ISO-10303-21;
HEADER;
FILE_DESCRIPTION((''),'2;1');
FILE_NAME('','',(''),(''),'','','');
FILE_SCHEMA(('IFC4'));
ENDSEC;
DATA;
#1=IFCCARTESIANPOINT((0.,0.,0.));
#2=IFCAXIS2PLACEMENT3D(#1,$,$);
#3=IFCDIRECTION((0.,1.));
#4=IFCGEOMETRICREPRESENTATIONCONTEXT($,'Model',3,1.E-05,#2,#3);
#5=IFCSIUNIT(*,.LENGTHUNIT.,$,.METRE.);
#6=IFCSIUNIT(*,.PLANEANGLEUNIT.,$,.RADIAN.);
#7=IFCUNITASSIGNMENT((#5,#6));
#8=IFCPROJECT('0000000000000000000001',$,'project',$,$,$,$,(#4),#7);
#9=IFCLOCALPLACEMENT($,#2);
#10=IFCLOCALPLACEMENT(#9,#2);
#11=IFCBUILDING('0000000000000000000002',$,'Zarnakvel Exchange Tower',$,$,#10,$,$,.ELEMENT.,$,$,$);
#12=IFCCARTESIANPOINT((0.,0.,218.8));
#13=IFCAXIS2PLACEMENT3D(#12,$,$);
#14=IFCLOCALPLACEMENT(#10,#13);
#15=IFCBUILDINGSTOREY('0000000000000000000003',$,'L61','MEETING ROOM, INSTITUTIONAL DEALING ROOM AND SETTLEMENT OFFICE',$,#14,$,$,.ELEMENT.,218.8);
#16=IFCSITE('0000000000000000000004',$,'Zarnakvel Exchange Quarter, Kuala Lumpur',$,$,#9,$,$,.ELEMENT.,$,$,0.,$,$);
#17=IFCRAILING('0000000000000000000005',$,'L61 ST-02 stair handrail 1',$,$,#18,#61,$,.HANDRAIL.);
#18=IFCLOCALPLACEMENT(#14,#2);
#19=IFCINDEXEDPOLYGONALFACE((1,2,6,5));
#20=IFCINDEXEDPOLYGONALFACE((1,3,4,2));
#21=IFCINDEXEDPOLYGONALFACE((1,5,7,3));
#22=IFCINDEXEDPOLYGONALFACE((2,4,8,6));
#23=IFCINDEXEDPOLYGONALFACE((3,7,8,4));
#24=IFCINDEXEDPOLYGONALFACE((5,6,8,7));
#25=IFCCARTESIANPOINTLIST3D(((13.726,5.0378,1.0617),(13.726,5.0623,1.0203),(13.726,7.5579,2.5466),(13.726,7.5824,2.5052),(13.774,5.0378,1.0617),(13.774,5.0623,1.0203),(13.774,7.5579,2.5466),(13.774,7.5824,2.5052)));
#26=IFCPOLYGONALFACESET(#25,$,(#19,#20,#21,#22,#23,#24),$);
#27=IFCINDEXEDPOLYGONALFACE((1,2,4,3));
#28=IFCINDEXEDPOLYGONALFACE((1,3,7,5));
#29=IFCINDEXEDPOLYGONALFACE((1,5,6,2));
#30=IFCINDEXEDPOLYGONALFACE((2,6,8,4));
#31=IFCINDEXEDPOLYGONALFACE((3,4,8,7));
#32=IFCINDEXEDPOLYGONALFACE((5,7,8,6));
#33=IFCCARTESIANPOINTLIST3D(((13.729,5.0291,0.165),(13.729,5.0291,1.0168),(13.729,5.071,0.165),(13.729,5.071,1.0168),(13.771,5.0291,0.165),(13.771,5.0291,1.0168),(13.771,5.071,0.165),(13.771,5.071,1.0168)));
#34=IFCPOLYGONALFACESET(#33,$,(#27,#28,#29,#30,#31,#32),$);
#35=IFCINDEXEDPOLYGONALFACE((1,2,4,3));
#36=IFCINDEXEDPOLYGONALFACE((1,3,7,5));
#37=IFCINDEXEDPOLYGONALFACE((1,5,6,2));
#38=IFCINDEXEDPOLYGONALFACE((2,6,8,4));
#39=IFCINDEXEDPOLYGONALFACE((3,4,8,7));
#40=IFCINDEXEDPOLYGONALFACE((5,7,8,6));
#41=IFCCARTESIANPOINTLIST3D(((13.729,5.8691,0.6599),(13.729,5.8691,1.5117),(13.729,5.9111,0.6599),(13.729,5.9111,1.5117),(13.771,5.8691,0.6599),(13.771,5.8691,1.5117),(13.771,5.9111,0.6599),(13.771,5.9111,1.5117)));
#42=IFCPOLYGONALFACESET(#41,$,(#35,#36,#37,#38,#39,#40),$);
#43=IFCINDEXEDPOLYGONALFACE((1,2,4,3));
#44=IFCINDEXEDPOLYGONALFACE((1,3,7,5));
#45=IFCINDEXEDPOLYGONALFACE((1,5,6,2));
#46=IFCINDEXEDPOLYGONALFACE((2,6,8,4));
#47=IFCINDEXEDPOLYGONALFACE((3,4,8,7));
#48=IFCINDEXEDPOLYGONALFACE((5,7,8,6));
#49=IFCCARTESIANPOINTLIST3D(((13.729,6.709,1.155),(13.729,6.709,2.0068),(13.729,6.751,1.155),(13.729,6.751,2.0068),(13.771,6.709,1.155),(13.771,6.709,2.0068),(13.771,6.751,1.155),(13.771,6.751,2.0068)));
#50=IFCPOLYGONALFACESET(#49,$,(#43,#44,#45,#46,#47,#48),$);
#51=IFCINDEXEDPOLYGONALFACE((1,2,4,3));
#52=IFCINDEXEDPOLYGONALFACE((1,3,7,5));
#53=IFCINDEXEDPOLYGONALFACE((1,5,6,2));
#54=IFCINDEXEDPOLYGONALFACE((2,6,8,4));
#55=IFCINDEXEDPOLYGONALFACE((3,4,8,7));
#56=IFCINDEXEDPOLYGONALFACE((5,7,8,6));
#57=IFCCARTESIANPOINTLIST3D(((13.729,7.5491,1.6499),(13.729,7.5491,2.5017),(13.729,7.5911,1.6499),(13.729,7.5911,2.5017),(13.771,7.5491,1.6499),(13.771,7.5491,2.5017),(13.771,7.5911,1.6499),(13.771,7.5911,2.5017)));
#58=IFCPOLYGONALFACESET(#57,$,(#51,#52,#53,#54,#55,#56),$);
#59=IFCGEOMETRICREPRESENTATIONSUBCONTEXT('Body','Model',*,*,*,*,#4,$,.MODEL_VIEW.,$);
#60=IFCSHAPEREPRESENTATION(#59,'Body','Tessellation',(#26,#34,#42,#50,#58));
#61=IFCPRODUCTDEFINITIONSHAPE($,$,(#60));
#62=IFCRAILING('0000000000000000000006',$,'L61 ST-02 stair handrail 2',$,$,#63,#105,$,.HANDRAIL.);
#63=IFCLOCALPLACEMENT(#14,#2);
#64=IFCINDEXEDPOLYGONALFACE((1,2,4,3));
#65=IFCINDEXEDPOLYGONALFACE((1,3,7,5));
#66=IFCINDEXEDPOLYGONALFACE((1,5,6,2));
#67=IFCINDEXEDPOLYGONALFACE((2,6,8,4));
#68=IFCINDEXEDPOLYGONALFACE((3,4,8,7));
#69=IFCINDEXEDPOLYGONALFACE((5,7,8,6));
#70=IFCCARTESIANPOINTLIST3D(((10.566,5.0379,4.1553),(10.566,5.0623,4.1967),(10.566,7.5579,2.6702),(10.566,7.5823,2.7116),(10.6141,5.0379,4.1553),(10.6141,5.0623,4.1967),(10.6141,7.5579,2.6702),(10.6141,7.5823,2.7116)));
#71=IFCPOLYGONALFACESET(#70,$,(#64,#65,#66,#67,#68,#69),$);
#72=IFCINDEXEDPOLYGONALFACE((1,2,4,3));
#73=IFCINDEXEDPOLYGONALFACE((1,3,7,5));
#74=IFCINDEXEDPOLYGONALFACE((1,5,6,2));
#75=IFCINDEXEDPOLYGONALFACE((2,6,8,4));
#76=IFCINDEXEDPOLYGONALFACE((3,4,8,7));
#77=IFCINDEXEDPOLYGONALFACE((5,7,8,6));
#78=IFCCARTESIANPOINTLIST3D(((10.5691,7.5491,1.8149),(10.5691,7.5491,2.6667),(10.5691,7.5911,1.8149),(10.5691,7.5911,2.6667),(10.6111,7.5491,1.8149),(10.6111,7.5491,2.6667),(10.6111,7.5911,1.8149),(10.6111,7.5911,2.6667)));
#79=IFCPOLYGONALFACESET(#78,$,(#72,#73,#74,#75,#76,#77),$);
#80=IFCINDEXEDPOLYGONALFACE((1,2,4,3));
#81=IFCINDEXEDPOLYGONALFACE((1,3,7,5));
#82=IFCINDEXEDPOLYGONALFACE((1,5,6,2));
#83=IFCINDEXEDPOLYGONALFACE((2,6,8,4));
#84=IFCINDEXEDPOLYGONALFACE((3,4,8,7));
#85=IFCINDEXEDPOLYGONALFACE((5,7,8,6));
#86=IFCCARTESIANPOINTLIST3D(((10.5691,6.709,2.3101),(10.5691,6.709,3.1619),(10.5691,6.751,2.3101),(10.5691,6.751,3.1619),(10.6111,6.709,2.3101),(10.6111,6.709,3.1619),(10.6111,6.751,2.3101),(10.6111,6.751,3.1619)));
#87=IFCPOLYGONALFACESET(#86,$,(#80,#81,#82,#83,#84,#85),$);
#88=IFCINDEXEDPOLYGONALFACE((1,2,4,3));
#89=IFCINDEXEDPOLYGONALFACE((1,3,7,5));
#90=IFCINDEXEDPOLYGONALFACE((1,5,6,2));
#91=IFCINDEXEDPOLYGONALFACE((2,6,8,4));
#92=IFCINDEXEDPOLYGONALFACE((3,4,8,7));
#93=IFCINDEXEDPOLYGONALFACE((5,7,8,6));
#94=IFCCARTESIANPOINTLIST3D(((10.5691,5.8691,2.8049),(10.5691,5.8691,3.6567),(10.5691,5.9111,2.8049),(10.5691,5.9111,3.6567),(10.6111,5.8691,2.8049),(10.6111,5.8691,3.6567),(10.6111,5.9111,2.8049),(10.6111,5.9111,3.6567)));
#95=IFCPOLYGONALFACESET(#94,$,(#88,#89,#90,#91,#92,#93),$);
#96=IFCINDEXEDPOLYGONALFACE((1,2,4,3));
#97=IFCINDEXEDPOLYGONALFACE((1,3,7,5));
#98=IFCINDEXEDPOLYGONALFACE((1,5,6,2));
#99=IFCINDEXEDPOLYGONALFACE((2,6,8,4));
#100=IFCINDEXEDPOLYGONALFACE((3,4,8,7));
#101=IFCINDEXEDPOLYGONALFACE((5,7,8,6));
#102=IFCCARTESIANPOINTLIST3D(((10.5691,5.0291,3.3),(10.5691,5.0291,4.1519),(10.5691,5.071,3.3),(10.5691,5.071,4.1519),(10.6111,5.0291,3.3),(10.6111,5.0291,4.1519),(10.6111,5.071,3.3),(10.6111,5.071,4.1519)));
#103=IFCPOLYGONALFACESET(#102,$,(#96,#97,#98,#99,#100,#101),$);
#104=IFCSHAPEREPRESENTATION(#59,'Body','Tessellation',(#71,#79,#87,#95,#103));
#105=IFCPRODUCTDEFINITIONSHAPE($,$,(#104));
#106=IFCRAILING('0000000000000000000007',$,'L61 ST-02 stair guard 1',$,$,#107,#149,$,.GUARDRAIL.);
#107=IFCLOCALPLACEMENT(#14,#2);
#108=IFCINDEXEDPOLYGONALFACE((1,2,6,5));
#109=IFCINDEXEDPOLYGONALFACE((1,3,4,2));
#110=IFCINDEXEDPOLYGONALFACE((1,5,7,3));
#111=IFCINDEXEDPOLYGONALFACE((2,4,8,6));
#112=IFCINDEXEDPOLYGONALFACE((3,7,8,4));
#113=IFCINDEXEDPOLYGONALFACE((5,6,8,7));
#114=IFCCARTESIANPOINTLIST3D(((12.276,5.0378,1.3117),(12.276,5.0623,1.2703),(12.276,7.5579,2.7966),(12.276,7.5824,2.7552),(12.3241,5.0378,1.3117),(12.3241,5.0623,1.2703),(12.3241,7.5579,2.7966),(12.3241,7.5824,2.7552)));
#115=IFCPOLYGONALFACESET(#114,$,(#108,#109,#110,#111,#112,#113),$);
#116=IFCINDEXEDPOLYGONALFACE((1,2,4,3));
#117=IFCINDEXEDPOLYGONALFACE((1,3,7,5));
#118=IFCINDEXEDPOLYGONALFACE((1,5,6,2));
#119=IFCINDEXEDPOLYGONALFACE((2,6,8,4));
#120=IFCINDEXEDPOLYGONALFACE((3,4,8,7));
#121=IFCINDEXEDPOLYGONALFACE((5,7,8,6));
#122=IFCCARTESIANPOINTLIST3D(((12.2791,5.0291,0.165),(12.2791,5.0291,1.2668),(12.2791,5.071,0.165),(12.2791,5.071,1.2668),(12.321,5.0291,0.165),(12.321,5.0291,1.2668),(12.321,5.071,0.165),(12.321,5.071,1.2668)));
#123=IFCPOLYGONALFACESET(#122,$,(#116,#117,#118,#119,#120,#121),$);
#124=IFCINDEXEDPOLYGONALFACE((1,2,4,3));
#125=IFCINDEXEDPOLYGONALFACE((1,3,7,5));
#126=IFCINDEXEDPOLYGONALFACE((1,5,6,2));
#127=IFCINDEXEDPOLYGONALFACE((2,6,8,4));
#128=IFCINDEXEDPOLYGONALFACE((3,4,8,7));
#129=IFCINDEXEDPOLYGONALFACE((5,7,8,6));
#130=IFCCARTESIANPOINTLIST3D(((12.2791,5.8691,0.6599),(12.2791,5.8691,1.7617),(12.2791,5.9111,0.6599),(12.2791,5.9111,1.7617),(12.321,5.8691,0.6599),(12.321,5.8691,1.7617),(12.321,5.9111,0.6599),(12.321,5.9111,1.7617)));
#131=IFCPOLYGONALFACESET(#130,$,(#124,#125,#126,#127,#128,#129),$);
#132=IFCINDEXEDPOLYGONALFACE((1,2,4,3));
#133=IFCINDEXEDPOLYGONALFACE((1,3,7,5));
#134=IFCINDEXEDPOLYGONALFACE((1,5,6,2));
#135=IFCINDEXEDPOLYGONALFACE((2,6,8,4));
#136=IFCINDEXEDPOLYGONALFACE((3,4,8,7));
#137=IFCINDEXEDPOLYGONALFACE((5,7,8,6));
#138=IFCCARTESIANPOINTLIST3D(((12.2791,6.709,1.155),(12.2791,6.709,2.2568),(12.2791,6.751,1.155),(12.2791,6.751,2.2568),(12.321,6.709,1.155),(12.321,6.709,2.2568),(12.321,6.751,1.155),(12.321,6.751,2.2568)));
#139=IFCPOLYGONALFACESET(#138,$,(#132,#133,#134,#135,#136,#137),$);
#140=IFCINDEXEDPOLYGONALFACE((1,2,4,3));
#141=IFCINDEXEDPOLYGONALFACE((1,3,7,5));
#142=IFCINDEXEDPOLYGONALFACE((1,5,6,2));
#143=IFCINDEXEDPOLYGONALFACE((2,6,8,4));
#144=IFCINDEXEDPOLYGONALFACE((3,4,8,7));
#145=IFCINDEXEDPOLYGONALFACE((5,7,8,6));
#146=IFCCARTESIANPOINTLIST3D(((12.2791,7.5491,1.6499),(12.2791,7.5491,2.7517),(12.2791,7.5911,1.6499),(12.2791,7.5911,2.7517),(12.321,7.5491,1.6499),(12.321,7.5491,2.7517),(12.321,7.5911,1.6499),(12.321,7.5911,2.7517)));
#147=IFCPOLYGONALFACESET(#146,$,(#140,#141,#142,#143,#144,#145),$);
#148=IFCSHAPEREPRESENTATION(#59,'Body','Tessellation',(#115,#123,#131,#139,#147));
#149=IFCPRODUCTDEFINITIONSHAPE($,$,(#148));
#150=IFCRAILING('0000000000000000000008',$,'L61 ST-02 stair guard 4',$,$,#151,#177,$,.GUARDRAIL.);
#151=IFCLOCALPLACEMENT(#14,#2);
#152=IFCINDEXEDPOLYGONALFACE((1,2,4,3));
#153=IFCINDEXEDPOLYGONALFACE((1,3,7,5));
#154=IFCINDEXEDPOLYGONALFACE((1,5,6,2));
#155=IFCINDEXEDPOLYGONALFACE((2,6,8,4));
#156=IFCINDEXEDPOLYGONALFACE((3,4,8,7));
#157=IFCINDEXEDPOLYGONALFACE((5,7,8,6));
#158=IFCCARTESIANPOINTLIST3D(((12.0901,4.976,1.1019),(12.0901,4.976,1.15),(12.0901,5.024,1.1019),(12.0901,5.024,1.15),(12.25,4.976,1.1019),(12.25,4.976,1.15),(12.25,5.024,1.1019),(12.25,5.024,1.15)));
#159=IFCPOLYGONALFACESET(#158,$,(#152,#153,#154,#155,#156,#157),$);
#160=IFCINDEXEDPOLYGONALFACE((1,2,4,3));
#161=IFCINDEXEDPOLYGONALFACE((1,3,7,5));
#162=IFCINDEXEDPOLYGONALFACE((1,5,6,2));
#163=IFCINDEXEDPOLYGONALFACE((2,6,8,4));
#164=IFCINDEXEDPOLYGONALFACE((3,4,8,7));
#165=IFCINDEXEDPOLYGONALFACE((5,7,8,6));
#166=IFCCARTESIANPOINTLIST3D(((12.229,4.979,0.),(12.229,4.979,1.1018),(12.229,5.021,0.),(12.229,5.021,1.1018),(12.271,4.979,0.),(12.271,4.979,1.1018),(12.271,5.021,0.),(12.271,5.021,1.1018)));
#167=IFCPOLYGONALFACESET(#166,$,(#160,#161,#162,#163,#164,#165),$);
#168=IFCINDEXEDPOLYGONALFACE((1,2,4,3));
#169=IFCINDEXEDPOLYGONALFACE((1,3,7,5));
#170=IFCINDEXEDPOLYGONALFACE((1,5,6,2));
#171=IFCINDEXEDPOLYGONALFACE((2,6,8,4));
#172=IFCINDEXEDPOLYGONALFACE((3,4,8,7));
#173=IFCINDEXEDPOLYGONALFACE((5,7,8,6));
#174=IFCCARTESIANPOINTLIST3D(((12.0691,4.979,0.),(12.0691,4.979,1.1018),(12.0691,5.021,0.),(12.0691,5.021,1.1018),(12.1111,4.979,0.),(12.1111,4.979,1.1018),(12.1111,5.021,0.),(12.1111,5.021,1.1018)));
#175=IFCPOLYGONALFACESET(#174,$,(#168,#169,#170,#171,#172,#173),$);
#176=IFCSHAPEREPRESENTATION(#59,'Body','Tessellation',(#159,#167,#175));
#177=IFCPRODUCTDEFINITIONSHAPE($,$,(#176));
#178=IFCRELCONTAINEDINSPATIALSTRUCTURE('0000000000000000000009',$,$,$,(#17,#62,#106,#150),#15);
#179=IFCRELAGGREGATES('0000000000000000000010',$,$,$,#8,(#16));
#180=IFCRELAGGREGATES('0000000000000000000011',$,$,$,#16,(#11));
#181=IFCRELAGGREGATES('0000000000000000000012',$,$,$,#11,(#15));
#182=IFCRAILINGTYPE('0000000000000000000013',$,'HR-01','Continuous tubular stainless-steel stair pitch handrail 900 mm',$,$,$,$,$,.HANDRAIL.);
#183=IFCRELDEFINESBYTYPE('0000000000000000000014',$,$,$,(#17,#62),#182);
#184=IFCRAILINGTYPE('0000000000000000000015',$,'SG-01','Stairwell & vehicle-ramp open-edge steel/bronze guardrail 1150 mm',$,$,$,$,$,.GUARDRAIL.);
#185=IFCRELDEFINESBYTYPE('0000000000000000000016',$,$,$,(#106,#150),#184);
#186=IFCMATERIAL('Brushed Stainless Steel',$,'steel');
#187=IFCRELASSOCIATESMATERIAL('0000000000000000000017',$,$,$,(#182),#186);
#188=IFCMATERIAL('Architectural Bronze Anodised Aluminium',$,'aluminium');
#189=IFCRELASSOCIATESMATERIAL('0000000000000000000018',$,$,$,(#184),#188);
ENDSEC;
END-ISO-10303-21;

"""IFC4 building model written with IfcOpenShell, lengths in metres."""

from ifc_helpers import new_model, si_unit, direction, frame, origin, origin_2d, place, context, subcontext, project, spatial, rectangle, extrude, material, type_object, element, save


model = new_model("IFC4")

# Units and contexts
model_context = context("Model", 3, precision=1e-05, world=origin(), true_north=direction((0.0, 1.0)))
body_context = subcontext(model_context, "Body", "Model", "MODEL_VIEW")
ifc_project = project(units=[si_unit("LENGTHUNIT", "METRE"), si_unit("PLANEANGLEUNIT", "RADIAN")], contexts=[model_context])

# Site, building, storey
site_placement = place(None, origin())
site = spatial("IfcSite", under=ifc_project, at=site_placement, Name="Zarnakvel Exchange Quarter, Kuala Lumpur", CompositionType="ELEMENT", RefElevation=0.0)
building_placement = place(site_placement, origin())
building = spatial("IfcBuilding", under=site, at=building_placement, Name="Zarnakvel Exchange Tower", CompositionType="ELEMENT")
storey_placement = place(building_placement, frame((0.0, 0.0, 218.8)))
storey = spatial("IfcBuildingStorey", under=building, at=storey_placement, Name="L61", Description="MEETING ROOM, INSTITUTIONAL DEALING ROOM AND SETTLEMENT OFFICE", CompositionType="ELEMENT", Elevation=218.8)

# Shared definitions
ifc_material_1 = material(Name="Architectural Bronze Anodised Aluminium", Category="aluminium")

# Shared definitions
ifc_material_2 = material(Name="Brushed Stainless Steel", Category="steel")

# Railings
railing_type_1 = type_object("IfcRailingType", Name="HR-01", Description="Continuous tubular stainless-steel stair pitch handrail 900 mm", PredefinedType="HANDRAIL", material=ifc_material_2)
railing_1_placement = place(storey_placement, frame((13.75, 5.05, 0.165)))
element("IfcRailing", 1, at=railing_1_placement, inside=storey, type_object=railing_type_1, Name="L61 ST-02 stair handrail 1", PredefinedType="HANDRAIL", context=body_context, shape_type="SweptSolid", body=[
    extrude(rectangle(XDim=0.0481, YDim=0.0481, at=origin_2d()), frame((0.0, 0.0, 0.876), z_axis=(0.0, 0.861561, 0.507655), x_axis=(-1.0, 0.0, 0.0)), (0.0, 0.0, 1.0), 2.925),
    extrude(rectangle(XDim=0.042, YDim=0.042, at=origin_2d()), origin(), (0.0, 0.0, 1.0), 0.8518),
    extrude(rectangle(XDim=0.042, YDim=0.042, at=origin_2d()), frame((0.0, 0.8401, 0.4949)), (0.0, 0.0, 1.0), 0.8518),
    extrude(rectangle(XDim=0.042, YDim=0.042, at=origin_2d()), frame((0.0, 1.6799, 0.99)), (0.0, 0.0, 1.0), 0.8518),
    extrude(rectangle(XDim=0.042, YDim=0.042, at=origin_2d()), frame((0.0, 2.52, 1.4849)), (0.0, 0.0, 1.0), 0.8518),
])
railing_2_placement = place(storey_placement, frame((10.5901, 7.5701, 1.8149)))
element("IfcRailing", 2, at=railing_2_placement, inside=storey, type_object=railing_type_1, Name="L61 ST-02 stair handrail 2", PredefinedType="HANDRAIL", context=body_context, shape_type="SweptSolid", body=[
    extrude(rectangle(XDim=0.0481, YDim=0.0481, at=origin_2d()), frame((0.0, 0.0, 0.876), z_axis=(0.0, -0.861524, 0.507717), x_axis=(1.0, 0.0, 0.0)), (0.0, 0.0, 1.0), 2.925),
    extrude(rectangle(XDim=0.042, YDim=0.042, at=origin_2d()), origin(), (0.0, 0.0, 1.0), 0.8518),
    extrude(rectangle(XDim=0.042, YDim=0.042, at=origin_2d()), frame((0.0, -0.8401, 0.4951)), (0.0, 0.0, 1.0), 0.8518),
    extrude(rectangle(XDim=0.042, YDim=0.042, at=origin_2d()), frame((0.0, -1.6799, 0.99)), (0.0, 0.0, 1.0), 0.8518),
    extrude(rectangle(XDim=0.042, YDim=0.042, at=origin_2d()), frame((0.0, -2.52, 1.4851)), (0.0, 0.0, 1.0), 0.8518),
])
railing_type_2 = type_object("IfcRailingType", Name="SG-01", Description="Stairwell & vehicle-ramp open-edge steel/bronze guardrail 1150 mm", PredefinedType="GUARDRAIL", material=ifc_material_1)
railing_3_placement = place(storey_placement, frame((12.3, 5.05, 0.165)))
element("IfcRailing", 3, at=railing_3_placement, inside=storey, type_object=railing_type_2, Name="L61 ST-02 stair guard 1", PredefinedType="GUARDRAIL", context=body_context, shape_type="SweptSolid", body=[
    extrude(rectangle(XDim=0.0481, YDim=0.0481, at=origin_2d()), frame((0.0, 0.0, 1.126), z_axis=(0.0, 0.861561, 0.507655), x_axis=(-1.0, 0.0, 0.0)), (0.0, 0.0, 1.0), 2.925),
    extrude(rectangle(XDim=0.042, YDim=0.042, at=origin_2d()), origin(), (0.0, 0.0, 1.0), 1.1018),
    extrude(rectangle(XDim=0.042, YDim=0.042, at=origin_2d()), frame((0.0, 0.8401, 0.4949)), (0.0, 0.0, 1.0), 1.1018),
    extrude(rectangle(XDim=0.042, YDim=0.042, at=origin_2d()), frame((0.0, 1.6799, 0.99)), (0.0, 0.0, 1.0), 1.1018),
    extrude(rectangle(XDim=0.042, YDim=0.042, at=origin_2d()), frame((0.0, 2.52, 1.4849)), (0.0, 0.0, 1.0), 1.1018),
])
railing_4_placement = place(storey_placement, frame((12.25, 5.0, 0.0)))
element("IfcRailing", 4, at=railing_4_placement, inside=storey, type_object=railing_type_2, Name="L61 ST-02 stair guard 4", PredefinedType="GUARDRAIL", context=body_context, shape_type="SweptSolid", body=[
    extrude(rectangle(XDim=0.0481, YDim=0.0481, at=origin_2d()), frame((0.0, 0.0, 1.126), z_axis=(-1.0, 0.0, 0.0), x_axis=(0.0, -1.0, 0.0)), (0.0, 0.0, 1.0), 0.1599),
    extrude(rectangle(XDim=0.042, YDim=0.042, at=origin_2d()), origin(), (0.0, 0.0, 1.0), 1.1018),
    extrude(rectangle(XDim=0.042, YDim=0.042, at=origin_2d()), frame((-0.1599, 0.0, 0.0)), (0.0, 0.0, 1.0), 1.1018),
])

save(model, "model.ifc")
